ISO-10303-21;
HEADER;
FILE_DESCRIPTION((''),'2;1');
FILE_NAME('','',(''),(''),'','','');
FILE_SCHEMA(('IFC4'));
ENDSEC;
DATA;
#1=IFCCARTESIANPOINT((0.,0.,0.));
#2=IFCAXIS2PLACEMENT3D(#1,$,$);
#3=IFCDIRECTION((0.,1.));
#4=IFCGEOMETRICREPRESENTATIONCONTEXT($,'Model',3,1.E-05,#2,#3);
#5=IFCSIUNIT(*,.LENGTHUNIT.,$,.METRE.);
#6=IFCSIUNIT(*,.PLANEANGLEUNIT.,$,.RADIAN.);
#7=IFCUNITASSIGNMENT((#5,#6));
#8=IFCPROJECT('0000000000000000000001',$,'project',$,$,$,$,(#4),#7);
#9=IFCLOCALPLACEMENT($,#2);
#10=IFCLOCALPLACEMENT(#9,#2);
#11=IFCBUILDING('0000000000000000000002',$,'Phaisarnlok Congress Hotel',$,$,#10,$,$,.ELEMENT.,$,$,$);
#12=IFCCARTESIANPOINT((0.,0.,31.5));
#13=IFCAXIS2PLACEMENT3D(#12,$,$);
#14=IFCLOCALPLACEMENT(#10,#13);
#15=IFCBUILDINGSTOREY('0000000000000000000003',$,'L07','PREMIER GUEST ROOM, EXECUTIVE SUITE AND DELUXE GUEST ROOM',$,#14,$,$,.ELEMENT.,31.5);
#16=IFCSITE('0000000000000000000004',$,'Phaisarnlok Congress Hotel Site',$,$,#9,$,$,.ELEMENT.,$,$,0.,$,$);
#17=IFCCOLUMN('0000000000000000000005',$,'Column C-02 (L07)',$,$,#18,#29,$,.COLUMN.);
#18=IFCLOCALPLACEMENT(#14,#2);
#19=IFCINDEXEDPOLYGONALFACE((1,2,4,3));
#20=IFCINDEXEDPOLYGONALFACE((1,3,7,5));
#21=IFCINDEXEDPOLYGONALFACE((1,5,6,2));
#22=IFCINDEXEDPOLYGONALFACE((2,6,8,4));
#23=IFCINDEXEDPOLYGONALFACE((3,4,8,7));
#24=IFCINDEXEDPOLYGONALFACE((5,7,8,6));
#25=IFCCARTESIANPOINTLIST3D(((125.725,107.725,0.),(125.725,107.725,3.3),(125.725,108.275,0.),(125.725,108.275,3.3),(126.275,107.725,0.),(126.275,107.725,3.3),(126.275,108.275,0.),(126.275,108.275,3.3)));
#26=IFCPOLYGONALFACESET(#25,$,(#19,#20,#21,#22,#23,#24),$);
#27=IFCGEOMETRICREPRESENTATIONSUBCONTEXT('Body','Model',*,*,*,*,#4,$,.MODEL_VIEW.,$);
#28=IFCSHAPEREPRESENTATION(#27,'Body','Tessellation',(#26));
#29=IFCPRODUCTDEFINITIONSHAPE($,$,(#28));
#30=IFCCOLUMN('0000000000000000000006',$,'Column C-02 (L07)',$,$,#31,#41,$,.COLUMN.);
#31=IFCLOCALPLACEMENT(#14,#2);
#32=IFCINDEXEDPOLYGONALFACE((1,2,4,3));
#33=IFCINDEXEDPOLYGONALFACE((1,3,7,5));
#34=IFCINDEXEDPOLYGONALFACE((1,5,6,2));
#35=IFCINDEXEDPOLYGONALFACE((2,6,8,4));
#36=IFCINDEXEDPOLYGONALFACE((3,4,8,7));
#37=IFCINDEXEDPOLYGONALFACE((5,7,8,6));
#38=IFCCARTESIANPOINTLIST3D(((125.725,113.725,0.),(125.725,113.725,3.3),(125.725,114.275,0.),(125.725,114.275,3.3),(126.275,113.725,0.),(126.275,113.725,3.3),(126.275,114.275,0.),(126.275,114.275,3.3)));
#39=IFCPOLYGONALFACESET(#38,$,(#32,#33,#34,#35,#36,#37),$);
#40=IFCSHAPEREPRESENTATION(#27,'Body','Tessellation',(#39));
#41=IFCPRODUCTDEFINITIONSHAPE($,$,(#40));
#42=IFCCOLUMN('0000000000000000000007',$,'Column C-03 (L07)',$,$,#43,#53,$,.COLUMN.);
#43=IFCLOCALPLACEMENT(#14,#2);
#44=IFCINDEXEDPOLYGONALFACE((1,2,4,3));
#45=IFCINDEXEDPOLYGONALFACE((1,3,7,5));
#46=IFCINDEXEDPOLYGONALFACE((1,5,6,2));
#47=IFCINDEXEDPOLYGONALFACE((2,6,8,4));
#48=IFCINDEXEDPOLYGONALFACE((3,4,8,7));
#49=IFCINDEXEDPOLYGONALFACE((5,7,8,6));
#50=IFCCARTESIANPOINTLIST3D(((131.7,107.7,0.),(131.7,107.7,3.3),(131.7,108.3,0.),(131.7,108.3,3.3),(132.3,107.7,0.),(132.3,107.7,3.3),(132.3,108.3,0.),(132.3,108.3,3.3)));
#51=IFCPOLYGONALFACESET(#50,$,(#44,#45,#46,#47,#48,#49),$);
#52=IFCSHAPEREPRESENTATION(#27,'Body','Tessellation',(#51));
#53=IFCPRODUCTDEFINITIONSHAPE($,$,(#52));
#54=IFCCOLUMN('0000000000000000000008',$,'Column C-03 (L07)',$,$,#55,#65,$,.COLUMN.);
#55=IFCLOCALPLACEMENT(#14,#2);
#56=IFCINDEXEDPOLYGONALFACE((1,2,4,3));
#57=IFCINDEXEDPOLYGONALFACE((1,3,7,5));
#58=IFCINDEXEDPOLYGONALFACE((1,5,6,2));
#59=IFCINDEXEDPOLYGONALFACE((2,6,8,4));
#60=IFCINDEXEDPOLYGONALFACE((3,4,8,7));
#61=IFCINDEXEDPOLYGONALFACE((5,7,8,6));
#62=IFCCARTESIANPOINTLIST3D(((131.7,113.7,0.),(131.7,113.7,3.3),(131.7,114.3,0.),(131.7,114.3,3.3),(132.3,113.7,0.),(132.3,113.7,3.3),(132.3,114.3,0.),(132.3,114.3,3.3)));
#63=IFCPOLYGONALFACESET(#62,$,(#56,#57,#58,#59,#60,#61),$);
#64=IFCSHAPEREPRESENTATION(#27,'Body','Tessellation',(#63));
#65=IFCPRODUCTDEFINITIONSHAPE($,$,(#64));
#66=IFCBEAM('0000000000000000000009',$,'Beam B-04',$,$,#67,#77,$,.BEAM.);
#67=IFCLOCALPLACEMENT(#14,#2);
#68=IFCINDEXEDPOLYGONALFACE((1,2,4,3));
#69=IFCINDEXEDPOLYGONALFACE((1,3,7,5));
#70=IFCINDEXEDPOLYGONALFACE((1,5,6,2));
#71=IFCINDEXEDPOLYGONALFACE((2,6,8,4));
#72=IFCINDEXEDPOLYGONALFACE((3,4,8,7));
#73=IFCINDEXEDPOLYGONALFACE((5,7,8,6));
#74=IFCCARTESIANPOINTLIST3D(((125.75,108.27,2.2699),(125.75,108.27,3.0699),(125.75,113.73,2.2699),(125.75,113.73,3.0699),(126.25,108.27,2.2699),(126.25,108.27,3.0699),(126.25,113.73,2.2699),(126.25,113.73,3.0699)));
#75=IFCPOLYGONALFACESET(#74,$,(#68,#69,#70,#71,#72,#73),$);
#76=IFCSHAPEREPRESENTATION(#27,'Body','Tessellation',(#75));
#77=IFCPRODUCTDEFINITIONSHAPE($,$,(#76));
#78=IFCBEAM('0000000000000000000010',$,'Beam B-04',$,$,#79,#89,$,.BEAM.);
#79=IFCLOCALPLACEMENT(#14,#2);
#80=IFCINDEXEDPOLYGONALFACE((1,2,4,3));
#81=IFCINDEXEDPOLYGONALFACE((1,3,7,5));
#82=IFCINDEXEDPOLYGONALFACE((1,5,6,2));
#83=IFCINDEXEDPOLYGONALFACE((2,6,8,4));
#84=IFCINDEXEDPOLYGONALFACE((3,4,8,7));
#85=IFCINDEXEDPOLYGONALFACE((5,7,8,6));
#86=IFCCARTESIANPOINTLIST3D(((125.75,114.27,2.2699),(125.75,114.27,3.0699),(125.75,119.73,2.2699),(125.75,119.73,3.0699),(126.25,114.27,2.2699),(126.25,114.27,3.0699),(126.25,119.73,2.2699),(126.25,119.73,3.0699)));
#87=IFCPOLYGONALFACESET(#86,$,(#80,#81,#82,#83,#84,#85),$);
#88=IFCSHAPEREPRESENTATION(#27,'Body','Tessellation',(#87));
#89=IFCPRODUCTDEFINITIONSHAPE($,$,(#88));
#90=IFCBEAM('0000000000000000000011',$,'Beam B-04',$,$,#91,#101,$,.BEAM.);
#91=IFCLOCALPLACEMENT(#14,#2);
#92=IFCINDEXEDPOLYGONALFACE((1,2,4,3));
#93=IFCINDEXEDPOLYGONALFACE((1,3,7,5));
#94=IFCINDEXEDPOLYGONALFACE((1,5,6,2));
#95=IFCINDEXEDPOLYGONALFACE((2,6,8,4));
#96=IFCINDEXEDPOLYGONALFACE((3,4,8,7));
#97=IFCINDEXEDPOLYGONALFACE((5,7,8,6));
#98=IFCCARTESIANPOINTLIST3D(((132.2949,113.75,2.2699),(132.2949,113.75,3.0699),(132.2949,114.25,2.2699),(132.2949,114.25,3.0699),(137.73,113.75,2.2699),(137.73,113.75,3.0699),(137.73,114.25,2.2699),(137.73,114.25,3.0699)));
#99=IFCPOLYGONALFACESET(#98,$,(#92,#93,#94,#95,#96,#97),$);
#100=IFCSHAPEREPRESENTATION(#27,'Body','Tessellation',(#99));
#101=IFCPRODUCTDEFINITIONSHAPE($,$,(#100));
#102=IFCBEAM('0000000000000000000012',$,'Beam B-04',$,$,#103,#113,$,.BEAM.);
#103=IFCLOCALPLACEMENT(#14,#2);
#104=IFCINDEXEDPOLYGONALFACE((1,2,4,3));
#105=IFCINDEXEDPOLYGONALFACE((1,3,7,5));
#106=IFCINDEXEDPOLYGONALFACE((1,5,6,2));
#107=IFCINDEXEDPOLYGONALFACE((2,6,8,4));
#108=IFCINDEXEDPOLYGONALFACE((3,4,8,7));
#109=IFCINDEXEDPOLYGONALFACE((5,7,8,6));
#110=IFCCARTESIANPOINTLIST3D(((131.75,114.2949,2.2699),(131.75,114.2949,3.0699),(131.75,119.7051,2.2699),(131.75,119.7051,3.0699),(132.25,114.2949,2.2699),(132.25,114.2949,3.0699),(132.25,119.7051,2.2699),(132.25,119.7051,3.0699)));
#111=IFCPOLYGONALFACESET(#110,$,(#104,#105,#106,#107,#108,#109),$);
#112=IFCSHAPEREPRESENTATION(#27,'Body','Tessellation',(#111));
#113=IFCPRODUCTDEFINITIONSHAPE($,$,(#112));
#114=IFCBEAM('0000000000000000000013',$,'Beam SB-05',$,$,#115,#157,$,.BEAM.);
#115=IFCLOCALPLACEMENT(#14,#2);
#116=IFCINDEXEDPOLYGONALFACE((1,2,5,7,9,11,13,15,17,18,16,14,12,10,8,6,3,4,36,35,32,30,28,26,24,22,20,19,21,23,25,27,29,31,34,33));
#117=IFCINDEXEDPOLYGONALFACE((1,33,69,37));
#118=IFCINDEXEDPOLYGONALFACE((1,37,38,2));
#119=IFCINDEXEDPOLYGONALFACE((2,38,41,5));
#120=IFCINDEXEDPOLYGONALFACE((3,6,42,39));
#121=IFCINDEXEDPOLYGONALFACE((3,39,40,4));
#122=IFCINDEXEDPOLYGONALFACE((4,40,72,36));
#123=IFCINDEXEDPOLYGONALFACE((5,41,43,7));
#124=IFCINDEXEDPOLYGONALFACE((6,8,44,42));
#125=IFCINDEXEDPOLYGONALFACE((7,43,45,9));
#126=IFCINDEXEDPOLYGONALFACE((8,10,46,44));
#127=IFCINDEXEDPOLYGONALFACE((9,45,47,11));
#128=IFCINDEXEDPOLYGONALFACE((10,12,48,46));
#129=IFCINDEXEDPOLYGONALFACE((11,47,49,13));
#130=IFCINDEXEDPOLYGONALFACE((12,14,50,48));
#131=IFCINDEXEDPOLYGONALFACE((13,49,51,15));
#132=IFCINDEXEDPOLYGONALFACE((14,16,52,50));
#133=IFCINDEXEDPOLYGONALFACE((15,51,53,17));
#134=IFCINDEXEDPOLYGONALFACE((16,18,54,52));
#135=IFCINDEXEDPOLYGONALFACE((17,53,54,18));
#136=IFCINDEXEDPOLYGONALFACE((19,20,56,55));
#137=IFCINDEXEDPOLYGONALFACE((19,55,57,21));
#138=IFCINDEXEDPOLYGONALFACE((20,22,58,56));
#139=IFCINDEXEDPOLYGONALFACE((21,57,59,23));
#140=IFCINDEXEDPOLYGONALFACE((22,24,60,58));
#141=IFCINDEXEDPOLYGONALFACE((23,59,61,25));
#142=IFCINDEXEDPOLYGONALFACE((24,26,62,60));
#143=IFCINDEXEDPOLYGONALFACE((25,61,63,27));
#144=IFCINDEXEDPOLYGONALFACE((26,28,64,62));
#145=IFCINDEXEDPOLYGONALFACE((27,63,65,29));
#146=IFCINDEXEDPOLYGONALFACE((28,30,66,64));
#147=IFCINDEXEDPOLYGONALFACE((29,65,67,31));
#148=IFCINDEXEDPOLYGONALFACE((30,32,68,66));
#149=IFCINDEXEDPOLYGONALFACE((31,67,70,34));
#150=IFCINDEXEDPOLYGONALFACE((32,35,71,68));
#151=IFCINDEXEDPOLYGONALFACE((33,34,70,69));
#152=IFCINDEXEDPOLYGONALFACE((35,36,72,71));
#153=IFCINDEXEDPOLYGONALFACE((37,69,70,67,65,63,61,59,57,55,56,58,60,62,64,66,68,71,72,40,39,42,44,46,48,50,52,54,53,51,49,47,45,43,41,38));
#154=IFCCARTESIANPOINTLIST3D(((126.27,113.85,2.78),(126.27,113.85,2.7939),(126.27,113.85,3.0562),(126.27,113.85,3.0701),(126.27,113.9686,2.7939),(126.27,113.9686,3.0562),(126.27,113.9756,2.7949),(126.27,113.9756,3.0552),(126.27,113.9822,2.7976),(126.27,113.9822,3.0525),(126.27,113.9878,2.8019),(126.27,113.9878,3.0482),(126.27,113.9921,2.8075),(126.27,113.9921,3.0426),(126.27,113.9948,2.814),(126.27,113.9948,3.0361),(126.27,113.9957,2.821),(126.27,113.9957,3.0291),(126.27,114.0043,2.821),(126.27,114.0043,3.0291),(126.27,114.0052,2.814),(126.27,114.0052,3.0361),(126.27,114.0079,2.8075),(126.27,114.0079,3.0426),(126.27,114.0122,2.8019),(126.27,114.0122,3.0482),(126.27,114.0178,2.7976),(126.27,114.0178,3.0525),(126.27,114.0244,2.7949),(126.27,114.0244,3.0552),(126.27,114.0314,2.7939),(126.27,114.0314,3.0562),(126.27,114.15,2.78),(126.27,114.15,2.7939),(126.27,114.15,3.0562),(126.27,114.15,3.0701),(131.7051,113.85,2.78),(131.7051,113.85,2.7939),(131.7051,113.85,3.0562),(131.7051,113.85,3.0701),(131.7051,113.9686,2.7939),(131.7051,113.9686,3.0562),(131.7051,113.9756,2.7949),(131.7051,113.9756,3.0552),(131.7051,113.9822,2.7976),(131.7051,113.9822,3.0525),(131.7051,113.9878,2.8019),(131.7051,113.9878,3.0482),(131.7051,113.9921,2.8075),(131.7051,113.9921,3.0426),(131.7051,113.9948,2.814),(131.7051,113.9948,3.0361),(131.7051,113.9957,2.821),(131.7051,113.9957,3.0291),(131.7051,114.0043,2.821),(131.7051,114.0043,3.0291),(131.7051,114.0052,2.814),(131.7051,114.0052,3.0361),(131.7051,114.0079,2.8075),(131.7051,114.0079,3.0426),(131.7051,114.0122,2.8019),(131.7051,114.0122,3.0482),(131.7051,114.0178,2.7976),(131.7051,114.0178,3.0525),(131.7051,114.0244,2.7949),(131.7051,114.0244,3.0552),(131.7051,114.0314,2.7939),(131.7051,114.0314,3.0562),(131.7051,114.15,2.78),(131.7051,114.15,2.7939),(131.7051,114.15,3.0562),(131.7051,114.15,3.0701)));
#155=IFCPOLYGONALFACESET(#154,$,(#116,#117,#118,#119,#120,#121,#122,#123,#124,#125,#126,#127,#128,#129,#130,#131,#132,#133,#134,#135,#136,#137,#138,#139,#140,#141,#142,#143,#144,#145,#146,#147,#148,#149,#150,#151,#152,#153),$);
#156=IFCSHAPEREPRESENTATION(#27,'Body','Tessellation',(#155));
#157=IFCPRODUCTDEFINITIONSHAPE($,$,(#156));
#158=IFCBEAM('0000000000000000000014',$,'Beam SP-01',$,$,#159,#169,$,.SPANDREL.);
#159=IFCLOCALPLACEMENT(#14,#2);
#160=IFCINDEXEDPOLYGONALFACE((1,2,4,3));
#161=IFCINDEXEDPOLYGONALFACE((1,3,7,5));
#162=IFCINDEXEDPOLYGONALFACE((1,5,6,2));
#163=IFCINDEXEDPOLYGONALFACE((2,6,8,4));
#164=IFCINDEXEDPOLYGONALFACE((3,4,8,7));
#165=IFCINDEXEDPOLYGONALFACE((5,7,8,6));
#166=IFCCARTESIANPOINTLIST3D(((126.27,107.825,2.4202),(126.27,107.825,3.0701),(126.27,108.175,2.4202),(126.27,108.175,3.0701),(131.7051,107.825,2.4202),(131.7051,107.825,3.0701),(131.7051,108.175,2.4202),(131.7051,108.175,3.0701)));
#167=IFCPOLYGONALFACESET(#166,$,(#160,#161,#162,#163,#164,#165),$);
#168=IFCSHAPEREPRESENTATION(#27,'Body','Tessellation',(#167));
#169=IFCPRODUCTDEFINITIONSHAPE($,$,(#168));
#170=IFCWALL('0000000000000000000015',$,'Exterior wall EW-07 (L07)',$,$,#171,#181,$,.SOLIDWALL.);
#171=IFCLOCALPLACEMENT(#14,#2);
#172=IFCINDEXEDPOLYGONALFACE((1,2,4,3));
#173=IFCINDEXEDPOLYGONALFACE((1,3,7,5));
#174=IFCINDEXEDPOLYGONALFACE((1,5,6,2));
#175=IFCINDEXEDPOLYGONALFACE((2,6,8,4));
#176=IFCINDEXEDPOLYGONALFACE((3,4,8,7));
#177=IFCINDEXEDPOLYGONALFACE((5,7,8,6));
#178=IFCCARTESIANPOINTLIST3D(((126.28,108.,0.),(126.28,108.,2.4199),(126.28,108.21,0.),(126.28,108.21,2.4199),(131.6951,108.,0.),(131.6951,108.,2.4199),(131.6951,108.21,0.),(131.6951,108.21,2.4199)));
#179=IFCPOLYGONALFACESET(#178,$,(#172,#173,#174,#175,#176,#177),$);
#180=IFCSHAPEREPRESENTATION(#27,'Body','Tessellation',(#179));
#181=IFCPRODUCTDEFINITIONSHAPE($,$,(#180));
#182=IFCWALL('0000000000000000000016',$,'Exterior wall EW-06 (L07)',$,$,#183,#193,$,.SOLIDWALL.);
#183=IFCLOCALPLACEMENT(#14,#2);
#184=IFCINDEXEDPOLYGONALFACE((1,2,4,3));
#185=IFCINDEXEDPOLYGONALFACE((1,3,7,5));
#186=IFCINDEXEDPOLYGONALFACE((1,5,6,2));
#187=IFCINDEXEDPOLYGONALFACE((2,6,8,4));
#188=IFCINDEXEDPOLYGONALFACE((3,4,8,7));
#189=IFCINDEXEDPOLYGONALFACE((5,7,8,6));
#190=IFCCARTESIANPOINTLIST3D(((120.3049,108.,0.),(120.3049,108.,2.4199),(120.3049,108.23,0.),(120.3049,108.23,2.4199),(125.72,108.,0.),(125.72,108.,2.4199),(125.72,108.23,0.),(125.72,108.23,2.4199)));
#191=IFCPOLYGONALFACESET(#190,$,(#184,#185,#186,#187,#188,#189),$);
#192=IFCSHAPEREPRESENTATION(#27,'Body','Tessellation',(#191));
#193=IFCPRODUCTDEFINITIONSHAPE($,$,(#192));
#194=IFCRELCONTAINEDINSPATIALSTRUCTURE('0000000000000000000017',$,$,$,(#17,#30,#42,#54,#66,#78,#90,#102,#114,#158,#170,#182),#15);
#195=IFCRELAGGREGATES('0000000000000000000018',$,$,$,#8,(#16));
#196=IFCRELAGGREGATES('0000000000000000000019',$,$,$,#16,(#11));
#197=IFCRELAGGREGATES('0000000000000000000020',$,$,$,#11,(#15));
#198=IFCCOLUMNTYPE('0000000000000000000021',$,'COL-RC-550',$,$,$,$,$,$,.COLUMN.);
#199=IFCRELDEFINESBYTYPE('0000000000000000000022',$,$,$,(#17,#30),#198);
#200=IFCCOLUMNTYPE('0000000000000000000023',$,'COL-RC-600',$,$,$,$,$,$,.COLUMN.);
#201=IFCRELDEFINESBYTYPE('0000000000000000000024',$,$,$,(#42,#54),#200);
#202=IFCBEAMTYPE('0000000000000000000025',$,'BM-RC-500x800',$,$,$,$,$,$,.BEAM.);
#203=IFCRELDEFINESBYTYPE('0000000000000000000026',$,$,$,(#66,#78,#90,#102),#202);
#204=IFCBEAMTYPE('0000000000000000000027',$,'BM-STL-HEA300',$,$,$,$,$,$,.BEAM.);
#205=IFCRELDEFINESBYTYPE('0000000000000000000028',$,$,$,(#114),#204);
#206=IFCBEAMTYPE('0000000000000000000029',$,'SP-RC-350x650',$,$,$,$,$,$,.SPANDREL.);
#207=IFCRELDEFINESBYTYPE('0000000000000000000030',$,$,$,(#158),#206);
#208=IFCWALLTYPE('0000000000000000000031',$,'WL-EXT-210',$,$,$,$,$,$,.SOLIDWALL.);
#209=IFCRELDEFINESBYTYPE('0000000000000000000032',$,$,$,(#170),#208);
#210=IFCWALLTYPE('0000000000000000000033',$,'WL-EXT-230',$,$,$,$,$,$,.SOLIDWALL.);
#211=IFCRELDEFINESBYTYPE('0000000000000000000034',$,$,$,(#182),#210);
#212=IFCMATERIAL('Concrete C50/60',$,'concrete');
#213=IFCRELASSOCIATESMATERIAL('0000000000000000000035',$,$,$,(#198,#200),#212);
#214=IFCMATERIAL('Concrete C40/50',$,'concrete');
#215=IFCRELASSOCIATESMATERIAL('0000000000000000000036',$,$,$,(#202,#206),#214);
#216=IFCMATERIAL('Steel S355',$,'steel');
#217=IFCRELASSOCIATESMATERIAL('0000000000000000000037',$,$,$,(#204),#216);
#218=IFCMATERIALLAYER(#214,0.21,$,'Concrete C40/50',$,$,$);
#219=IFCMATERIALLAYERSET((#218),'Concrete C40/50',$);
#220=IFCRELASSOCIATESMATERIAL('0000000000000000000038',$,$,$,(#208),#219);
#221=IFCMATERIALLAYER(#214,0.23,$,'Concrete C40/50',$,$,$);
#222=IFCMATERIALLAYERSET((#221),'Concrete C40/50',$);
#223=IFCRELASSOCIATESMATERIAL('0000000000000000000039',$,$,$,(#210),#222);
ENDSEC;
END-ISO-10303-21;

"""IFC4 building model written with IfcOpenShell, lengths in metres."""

from ifc_helpers import new_model, si_unit, direction, frame, frame_2d, origin, origin_2d, place, context, subcontext, project, spatial, rectangle, i_section, extrude, material, layer, layer_set, material_profile, profile_set, type_object, element, save


model = new_model("IFC4")

# Units and contexts
model_context = context("Model", 3, precision=1e-05, world=origin(), true_north=direction((0.0, 1.0)))
body_context = subcontext(model_context, "Body", "Model", "MODEL_VIEW")
ifc_project = project(units=[si_unit("LENGTHUNIT", "METRE"), si_unit("PLANEANGLEUNIT", "RADIAN")], contexts=[model_context])

# Site, building, storey
site_placement = place(None, origin())
site = spatial("IfcSite", under=ifc_project, at=site_placement, Name="Phaisarnlok Congress Hotel Site", CompositionType="ELEMENT", RefElevation=0.0)
building_placement = place(site_placement, origin())
building = spatial("IfcBuilding", under=site, at=building_placement, Name="Phaisarnlok Congress Hotel", CompositionType="ELEMENT")
storey_placement = place(building_placement, frame((0.0, 0.0, 31.5)))
storey = spatial("IfcBuildingStorey", under=building, at=storey_placement, Name="L07", Description="PREMIER GUEST ROOM, EXECUTIVE SUITE AND DELUXE GUEST ROOM", CompositionType="ELEMENT", Elevation=31.5)

# Columns
ifc_material_1 = material(Name="Concrete C50/60", Category="concrete")
ifc_material_profile_1 = material_profile(ifc_material_1, rectangle(XDim=0.55, YDim=0.55, at=origin_2d()), Name="RC 550x550")
ifc_profile_set_1 = profile_set([ifc_material_profile_1], Name="Concrete C50/60")
column_type_1 = type_object("IfcColumnType", Name="COL-RC-550", PredefinedType="COLUMN", material=ifc_profile_set_1)
for number, where, z_axis, x_axis, name in (
    (1, (126.0, 108.0, 0.0), (0.0, 0.0, 1.0), (1.0, 0.0, 0.0), "Column C-02 (L07)"),
    (2, (126.0, 114.0, 0.0), (0.0, 0.0, 1.0), (1.0, 0.0, 0.0), "Column C-02 (L07)"),
):
    element("IfcColumn", number, at=place(storey_placement, frame(where, z_axis=z_axis, x_axis=x_axis)), inside=storey, type_object=column_type_1, Name=name, PredefinedType="COLUMN", context=body_context, shape_type="SweptSolid", body=[
        extrude(rectangle(XDim=0.55, YDim=0.55, at=origin_2d()), origin(), (0.0, 0.0, 1.0), 3.3),
    ])
ifc_material_profile_2 = material_profile(ifc_material_1, rectangle(XDim=0.6001, YDim=0.6001, at=origin_2d()), Name="RC 600x600")
ifc_profile_set_2 = profile_set([ifc_material_profile_2], Name="Concrete C50/60")
column_type_2 = type_object("IfcColumnType", Name="COL-RC-600", PredefinedType="COLUMN", material=ifc_profile_set_2)
for number, where, z_axis, x_axis, name in (
    (3, (132.0, 108.0, 0.0), (0.0, 0.0, 1.0), (1.0, 0.0, 0.0), "Column C-03 (L07)"),
    (4, (132.0, 114.0, 0.0), (0.0, 0.0, 1.0), (1.0, 0.0, 0.0), "Column C-03 (L07)"),
):
    element("IfcColumn", number, at=place(storey_placement, frame(where, z_axis=z_axis, x_axis=x_axis)), inside=storey, type_object=column_type_2, Name=name, PredefinedType="COLUMN", context=body_context, shape_type="SweptSolid", body=[
        extrude(rectangle(XDim=0.6001, YDim=0.6001, at=origin_2d()), origin(), (0.0, 0.0, 1.0), 3.3),
    ])

# Beams
ifc_material_2 = material(Name="Concrete C40/50", Category="concrete")
ifc_material_profile_3 = material_profile(ifc_material_2, rectangle(XDim=0.5, YDim=0.8, at=origin_2d()), Name="RC 500x800")
ifc_profile_set_3 = profile_set([ifc_material_profile_3], Name="Concrete C40/50")
beam_type_1 = type_object("IfcBeamType", Name="BM-RC-500x800", PredefinedType="BEAM", material=ifc_profile_set_3)
for number, where, z_axis, x_axis, name in (
    (5, (126.0, 108.27, 2.6699), (0.0, 1.0, 0.0), (-1.0, 0.0, 0.0), "Beam B-04"),
    (6, (126.0, 114.27, 2.6699), (0.0, 1.0, 0.0), (-1.0, 0.0, 0.0), "Beam B-04"),
):
    element("IfcBeam", number, at=place(storey_placement, frame(where, z_axis=z_axis, x_axis=x_axis)), inside=storey, type_object=beam_type_1, Name=name, PredefinedType="BEAM", context=body_context, shape_type="SweptSolid", body=[
        extrude(rectangle(XDim=0.5, YDim=0.8, at=origin_2d()), origin(), (0.0, 0.0, 1.0), 5.46),
    ])
beam_1_placement = place(storey_placement, frame((132.2949, 114.0, 2.6699), z_axis=(1.0, 0.0, 0.0), x_axis=(0.0, 1.0, 0.0)))
element("IfcBeam", 7, at=beam_1_placement, inside=storey, type_object=beam_type_1, Name="Beam B-04", PredefinedType="BEAM", context=body_context, shape_type="SweptSolid", body=[
    extrude(rectangle(XDim=0.5, YDim=0.8, at=origin_2d()), origin(), (0.0, 0.0, 1.0), 5.4351),
])
beam_2_placement = place(storey_placement, frame((132.0, 114.2949, 2.6699), z_axis=(0.0, 1.0, 0.0), x_axis=(-1.0, 0.0, 0.0)))
element("IfcBeam", 8, at=beam_2_placement, inside=storey, type_object=beam_type_1, Name="Beam B-04", PredefinedType="BEAM", context=body_context, shape_type="SweptSolid", body=[
    extrude(rectangle(XDim=0.5, YDim=0.8, at=origin_2d()), origin(), (0.0, 0.0, 1.0), 5.4102),
])
ifc_material_3 = material(Name="Steel S355", Category="steel")
ifc_material_profile_4 = material_profile(ifc_material_3, i_section(OverallWidth=0.3, OverallDepth=0.29, WebThickness=0.0085, FlangeThickness=0.0139, FilletRadius=0.0271, at=origin_2d()), Name="HEA 300")
ifc_profile_set_4 = profile_set([ifc_material_profile_4], Name="Steel S355")
beam_type_2 = type_object("IfcBeamType", Name="BM-STL-HEA300", PredefinedType="BEAM", material=ifc_profile_set_4)
beam_3_placement = place(storey_placement, frame((126.27, 114.0, 2.925), z_axis=(1.0, 0.0, 0.0), x_axis=(0.0, 1.0, 0.0)))
element("IfcBeam", 9, at=beam_3_placement, inside=storey, type_object=beam_type_2, Name="Beam SB-05", PredefinedType="BEAM", context=body_context, shape_type="SweptSolid", body=[
    extrude(i_section(OverallWidth=0.3, OverallDepth=0.29, WebThickness=0.0085, FlangeThickness=0.0139, FilletRadius=0.0271, at=origin_2d()), origin(), (0.0, 0.0, 1.0), 5.4351),
])
ifc_material_profile_5 = material_profile(ifc_material_2, rectangle(XDim=0.3501, YDim=0.6499, at=origin_2d()), Name="RC 350x650")
ifc_profile_set_5 = profile_set([ifc_material_profile_5], Name="Concrete C40/50")
beam_type_3 = type_object("IfcBeamType", Name="SP-RC-350x650", PredefinedType="SPANDREL", material=ifc_profile_set_5)
beam_4_placement = place(storey_placement, frame((126.27, 108.0, 2.7451), z_axis=(1.0, 0.0, 0.0), x_axis=(0.0, 1.0, 0.0)))
element("IfcBeam", 10, at=beam_4_placement, inside=storey, type_object=beam_type_3, Name="Beam SP-01", PredefinedType="SPANDREL", context=body_context, shape_type="SweptSolid", body=[
    extrude(rectangle(XDim=0.3501, YDim=0.6499, at=origin_2d()), origin(), (0.0, 0.0, 1.0), 5.4351),
])

# Walls
ifc_layer_1 = layer(ifc_material_2, 0.21, Name="Concrete C40/50")
ifc_layer_set_1 = layer_set([ifc_layer_1], Name="Concrete C40/50")
wall_type_1 = type_object("IfcWallType", Name="WL-EXT-210", PredefinedType="SOLIDWALL", material=ifc_layer_set_1)
wall_1_placement = place(storey_placement, frame((126.28, 108.105, 0.0), z_axis=(0.0, 0.0, 1.0), x_axis=(1.0, 0.0, 0.0)))
element("IfcWall", 11, at=wall_1_placement, inside=storey, type_object=wall_type_1, Name="Exterior wall EW-07 (L07)", PredefinedType="SOLIDWALL", context=body_context, shape_type="SweptSolid", body=[
    extrude(rectangle(XDim=5.415, YDim=0.21, at=frame_2d((2.7075, 0.0))), origin(), (0.0, 0.0, 1.0), 2.4199),
])
ifc_layer_2 = layer(ifc_material_2, 0.23, Name="Concrete C40/50")
ifc_layer_set_2 = layer_set([ifc_layer_2], Name="Concrete C40/50")
wall_type_2 = type_object("IfcWallType", Name="WL-EXT-230", PredefinedType="SOLIDWALL", material=ifc_layer_set_2)
wall_2_placement = place(storey_placement, frame((120.3049, 108.115, 0.0), z_axis=(0.0, 0.0, 1.0), x_axis=(1.0, 0.0, 0.0)))
element("IfcWall", 12, at=wall_2_placement, inside=storey, type_object=wall_type_2, Name="Exterior wall EW-06 (L07)", PredefinedType="SOLIDWALL", context=body_context, shape_type="SweptSolid", body=[
    extrude(rectangle(XDim=5.415, YDim=0.23, at=frame_2d((2.7075, 0.0))), origin(), (0.0, 0.0, 1.0), 2.4199),
])

save(model, "model.ifc")
